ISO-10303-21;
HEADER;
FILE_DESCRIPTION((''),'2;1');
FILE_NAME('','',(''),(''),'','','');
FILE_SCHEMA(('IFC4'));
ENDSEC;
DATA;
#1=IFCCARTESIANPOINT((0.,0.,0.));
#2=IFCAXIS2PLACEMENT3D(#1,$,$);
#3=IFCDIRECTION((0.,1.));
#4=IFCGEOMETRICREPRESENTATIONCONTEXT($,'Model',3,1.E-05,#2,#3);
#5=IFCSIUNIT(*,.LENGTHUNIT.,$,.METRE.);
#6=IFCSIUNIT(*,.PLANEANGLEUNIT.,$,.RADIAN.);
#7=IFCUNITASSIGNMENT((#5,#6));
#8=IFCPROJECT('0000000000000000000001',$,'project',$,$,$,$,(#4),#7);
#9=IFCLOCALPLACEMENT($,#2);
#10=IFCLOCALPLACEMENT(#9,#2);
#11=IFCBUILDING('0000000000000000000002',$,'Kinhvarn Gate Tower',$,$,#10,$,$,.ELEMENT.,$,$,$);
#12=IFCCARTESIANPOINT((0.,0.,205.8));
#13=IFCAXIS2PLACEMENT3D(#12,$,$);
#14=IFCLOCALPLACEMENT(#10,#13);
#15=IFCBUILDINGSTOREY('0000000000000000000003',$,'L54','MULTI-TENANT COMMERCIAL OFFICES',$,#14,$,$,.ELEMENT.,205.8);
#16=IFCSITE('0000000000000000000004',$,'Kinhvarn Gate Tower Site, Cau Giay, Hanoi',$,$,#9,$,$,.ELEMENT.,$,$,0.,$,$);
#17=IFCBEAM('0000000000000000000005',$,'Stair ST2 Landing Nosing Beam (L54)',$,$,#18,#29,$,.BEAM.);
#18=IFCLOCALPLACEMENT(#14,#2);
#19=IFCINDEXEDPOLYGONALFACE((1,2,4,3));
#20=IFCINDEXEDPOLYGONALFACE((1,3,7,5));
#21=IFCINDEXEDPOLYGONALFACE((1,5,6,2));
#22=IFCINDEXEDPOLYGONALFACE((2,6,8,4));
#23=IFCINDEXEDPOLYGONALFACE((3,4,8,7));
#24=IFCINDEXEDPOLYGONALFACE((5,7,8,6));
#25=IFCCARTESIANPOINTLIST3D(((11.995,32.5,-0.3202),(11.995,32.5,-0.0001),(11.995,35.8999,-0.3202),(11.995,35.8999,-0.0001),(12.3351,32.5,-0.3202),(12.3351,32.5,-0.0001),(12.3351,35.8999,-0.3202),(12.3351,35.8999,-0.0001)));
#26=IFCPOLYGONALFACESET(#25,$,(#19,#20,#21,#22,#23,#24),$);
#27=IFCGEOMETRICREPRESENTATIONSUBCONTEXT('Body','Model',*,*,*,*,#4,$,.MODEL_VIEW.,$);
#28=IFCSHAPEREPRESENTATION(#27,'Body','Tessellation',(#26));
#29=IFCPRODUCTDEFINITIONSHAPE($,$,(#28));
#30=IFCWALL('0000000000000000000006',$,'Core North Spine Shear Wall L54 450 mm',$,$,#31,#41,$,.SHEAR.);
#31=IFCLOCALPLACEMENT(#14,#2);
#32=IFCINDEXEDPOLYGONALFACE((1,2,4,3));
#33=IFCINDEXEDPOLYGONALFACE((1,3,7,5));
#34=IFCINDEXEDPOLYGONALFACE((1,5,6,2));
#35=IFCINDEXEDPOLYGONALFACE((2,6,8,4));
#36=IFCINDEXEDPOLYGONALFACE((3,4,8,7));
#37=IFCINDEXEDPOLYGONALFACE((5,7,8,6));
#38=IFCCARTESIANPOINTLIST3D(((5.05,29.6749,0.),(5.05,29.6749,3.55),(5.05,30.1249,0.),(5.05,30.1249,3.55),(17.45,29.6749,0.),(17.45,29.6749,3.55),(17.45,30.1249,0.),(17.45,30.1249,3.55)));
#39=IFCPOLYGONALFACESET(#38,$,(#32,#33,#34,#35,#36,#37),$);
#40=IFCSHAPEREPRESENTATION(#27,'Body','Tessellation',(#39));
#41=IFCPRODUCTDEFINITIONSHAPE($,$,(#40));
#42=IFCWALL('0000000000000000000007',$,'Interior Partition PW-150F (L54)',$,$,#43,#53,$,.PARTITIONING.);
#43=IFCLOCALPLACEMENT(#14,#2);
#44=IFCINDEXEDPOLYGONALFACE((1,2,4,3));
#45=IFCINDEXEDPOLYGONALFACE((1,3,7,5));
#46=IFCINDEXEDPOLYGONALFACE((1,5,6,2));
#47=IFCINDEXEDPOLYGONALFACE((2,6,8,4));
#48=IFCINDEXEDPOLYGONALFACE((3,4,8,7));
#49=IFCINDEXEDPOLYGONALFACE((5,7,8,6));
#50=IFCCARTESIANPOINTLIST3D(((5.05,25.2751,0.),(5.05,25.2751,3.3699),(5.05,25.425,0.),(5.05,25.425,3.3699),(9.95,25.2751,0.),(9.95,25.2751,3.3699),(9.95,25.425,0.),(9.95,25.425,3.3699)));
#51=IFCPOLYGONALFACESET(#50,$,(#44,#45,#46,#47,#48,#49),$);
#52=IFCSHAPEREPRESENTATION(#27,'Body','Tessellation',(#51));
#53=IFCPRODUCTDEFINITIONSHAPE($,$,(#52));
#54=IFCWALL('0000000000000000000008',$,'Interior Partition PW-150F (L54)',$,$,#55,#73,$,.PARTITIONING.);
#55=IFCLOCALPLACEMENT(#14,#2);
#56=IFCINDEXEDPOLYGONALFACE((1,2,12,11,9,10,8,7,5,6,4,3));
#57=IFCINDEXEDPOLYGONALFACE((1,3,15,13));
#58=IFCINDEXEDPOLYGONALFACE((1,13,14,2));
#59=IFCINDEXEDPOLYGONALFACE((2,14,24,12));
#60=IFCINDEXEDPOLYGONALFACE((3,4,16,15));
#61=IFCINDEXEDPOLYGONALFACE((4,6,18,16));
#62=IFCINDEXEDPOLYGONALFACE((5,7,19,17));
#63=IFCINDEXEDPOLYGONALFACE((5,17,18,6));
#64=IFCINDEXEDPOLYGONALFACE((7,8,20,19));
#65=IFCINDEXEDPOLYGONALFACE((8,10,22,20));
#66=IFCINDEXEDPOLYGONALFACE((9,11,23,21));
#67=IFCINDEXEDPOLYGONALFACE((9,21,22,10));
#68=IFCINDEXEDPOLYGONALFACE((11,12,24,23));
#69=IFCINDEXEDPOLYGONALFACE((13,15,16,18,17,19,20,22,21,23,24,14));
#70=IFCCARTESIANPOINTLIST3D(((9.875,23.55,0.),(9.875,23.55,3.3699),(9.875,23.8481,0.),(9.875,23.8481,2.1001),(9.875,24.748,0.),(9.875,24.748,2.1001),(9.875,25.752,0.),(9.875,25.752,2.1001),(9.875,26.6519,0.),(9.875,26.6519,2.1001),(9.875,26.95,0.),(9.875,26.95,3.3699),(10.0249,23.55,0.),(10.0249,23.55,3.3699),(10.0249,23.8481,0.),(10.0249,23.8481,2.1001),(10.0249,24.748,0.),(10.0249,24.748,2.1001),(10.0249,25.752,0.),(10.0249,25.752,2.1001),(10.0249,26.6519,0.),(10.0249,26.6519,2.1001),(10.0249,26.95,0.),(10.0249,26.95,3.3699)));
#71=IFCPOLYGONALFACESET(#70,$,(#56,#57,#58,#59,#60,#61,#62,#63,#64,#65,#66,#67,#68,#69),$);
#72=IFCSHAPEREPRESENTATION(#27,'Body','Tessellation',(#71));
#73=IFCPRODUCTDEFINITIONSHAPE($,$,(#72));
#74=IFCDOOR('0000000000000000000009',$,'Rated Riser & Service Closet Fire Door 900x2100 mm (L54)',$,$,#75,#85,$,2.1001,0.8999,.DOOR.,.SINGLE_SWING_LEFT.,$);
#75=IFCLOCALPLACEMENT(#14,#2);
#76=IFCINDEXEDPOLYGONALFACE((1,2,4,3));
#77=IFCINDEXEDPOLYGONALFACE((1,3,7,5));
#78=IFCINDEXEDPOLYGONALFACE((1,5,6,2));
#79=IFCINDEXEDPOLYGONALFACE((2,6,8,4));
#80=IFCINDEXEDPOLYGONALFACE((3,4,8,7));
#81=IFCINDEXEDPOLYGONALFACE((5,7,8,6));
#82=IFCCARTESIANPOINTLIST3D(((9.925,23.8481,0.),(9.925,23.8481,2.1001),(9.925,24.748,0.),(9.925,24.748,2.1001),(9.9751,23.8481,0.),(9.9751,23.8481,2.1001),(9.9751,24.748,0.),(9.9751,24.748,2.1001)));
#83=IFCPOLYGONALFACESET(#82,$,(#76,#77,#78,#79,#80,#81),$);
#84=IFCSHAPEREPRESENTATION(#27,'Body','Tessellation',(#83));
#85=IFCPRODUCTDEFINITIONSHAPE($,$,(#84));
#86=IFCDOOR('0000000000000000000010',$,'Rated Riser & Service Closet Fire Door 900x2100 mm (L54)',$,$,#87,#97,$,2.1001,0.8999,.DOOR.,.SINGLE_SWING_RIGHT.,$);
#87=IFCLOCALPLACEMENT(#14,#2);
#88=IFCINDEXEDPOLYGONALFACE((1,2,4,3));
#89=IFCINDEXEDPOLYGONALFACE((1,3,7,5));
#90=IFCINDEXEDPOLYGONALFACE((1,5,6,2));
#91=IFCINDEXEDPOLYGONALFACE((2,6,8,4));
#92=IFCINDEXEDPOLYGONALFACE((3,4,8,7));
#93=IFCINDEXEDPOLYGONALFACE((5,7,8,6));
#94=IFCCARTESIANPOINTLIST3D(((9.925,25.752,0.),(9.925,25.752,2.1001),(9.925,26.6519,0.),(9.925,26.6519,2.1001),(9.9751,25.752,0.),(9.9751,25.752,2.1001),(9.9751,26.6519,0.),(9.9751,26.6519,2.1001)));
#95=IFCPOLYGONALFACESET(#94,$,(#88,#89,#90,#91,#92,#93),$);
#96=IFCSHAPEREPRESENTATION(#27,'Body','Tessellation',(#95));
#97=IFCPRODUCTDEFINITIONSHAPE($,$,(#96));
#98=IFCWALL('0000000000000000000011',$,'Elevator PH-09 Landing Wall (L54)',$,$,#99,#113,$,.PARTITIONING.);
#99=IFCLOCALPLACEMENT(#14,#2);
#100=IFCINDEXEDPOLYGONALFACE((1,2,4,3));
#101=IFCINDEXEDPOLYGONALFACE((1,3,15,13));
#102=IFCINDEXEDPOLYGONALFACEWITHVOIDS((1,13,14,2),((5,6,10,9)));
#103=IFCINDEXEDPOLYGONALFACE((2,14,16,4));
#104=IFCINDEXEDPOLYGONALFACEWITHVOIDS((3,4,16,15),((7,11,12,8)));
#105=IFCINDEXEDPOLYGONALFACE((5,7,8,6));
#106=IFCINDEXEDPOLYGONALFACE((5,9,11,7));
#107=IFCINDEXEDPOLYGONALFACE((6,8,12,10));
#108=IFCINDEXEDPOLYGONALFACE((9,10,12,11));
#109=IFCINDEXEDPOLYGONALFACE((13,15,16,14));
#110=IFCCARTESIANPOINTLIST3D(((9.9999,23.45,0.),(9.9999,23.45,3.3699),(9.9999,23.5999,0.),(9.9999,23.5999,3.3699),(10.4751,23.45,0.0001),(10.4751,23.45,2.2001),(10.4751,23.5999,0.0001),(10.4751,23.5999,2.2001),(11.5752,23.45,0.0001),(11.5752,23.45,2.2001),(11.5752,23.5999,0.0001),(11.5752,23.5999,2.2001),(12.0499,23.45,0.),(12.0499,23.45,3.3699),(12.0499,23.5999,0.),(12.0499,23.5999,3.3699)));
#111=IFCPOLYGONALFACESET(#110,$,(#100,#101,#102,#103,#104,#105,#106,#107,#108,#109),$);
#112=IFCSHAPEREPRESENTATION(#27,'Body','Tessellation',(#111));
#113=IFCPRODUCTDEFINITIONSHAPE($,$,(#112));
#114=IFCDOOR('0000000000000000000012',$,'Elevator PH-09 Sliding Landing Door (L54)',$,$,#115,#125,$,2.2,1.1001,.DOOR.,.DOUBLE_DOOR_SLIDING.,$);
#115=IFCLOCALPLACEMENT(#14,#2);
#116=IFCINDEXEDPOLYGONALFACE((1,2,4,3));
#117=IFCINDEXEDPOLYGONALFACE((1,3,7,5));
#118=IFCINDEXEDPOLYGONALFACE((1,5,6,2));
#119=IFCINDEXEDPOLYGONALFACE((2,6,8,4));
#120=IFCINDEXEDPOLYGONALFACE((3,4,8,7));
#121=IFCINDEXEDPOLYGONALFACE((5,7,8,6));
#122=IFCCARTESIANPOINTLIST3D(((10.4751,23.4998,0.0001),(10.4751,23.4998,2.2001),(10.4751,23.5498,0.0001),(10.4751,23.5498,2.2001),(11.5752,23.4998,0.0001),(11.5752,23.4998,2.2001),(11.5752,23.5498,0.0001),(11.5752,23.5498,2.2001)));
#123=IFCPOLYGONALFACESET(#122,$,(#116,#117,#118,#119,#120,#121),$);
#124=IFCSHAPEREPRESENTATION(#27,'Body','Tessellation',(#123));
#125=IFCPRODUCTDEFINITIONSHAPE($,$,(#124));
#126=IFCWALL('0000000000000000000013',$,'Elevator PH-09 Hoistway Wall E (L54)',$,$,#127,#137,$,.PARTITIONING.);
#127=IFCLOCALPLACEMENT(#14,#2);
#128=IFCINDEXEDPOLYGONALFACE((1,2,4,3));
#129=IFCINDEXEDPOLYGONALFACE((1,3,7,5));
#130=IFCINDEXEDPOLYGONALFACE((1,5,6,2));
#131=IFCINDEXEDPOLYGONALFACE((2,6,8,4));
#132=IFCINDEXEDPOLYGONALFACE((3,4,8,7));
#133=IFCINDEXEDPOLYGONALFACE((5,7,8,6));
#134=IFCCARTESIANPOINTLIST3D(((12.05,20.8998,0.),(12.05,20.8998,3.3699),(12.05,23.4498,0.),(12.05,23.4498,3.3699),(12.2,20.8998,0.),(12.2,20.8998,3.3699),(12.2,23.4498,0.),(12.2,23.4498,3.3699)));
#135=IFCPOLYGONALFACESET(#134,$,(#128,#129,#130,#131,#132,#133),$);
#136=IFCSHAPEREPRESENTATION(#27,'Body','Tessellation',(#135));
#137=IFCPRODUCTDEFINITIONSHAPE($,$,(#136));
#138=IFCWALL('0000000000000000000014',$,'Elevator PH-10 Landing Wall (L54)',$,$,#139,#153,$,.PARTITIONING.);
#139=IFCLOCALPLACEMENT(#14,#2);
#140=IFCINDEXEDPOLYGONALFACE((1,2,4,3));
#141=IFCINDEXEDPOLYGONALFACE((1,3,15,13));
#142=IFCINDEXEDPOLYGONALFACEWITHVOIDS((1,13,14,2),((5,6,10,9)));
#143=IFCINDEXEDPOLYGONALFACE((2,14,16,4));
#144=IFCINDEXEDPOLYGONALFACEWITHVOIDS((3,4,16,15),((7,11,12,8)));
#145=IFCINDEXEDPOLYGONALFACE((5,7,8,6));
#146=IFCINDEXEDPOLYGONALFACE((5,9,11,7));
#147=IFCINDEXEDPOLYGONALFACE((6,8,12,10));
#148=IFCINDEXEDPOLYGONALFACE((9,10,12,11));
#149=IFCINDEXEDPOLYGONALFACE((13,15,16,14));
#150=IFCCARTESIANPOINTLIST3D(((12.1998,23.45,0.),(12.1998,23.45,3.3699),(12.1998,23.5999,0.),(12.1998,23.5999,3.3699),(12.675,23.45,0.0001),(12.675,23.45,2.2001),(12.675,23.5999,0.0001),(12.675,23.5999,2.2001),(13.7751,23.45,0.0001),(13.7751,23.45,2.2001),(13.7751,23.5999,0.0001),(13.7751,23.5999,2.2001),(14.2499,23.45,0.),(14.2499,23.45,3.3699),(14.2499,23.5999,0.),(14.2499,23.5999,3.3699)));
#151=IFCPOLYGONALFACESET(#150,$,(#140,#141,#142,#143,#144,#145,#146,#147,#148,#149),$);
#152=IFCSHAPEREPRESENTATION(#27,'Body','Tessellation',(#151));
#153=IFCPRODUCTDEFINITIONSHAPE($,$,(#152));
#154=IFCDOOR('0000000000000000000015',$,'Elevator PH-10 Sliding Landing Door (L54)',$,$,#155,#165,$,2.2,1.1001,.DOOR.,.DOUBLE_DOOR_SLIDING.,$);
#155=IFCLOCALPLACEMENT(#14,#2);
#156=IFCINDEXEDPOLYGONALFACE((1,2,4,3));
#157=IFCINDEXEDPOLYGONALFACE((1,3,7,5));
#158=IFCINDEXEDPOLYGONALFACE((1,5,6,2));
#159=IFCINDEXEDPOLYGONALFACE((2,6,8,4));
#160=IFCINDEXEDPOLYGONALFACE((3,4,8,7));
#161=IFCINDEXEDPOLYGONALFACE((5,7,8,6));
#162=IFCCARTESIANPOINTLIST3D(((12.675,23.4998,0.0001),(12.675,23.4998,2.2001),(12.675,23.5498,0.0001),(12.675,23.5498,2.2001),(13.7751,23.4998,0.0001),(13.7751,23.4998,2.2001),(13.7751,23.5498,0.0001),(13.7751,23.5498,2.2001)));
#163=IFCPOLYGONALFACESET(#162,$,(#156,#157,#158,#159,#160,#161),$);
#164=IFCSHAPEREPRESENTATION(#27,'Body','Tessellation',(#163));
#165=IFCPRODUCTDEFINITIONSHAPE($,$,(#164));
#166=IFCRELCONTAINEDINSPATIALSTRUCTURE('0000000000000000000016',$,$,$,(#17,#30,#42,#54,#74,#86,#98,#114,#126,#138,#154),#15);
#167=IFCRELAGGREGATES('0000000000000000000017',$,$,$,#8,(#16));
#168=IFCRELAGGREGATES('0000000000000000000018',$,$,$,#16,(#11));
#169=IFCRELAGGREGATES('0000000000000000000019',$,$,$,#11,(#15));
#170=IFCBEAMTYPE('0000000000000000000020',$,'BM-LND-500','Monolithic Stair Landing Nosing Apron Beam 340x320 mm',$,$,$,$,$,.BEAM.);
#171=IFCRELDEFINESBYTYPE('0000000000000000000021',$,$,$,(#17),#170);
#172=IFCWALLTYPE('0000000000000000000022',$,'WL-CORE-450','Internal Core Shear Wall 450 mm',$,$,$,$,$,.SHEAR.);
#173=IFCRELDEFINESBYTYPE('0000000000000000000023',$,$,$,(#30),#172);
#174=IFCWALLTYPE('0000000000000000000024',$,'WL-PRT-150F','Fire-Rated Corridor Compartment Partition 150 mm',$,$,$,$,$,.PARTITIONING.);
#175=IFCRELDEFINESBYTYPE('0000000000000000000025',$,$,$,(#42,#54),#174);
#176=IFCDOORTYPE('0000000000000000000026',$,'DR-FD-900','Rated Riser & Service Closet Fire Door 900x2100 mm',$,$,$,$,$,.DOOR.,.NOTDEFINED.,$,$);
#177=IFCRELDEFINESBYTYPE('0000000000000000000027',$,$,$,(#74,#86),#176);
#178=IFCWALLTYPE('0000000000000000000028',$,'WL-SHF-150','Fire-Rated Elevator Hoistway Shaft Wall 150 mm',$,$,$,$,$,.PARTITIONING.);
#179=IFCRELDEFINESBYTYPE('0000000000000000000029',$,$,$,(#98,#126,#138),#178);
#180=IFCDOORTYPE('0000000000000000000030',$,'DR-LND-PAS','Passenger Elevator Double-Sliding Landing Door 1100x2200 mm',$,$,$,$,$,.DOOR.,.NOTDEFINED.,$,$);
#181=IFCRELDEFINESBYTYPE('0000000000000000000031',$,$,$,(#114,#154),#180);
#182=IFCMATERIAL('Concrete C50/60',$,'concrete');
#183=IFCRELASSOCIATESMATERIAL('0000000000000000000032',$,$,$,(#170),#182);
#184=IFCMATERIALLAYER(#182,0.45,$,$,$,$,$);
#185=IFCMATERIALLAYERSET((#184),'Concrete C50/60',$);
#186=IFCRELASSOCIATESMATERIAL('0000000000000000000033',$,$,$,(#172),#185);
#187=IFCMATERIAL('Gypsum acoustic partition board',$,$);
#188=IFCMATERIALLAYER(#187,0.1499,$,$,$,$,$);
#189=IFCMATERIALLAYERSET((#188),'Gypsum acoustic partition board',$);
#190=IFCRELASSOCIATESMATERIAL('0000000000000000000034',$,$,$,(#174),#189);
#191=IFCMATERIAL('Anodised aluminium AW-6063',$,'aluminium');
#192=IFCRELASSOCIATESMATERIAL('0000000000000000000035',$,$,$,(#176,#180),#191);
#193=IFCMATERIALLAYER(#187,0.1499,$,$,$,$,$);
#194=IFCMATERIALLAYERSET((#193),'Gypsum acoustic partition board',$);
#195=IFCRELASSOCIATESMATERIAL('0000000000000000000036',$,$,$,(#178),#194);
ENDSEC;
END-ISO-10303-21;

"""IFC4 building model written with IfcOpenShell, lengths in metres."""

from ifc_helpers import new_model, si_unit, direction, frame, frame_2d, origin, origin_2d, place, context, subcontext, project, spatial, rectangle, extrude, material, layer, layer_set, material_profile, profile_set, type_object, element, fill, save


model = new_model("IFC4")

# Units and contexts
model_context = context("Model", 3, precision=1e-05, world=origin(), true_north=direction((0.0, 1.0)))
body_context = subcontext(model_context, "Body", "Model", "MODEL_VIEW")
ifc_project = project(units=[si_unit("LENGTHUNIT", "METRE"), si_unit("PLANEANGLEUNIT", "RADIAN")], contexts=[model_context])

# Site, building, storey
site_placement = place(None, origin())
site = spatial("IfcSite", under=ifc_project, at=site_placement, Name="Kinhvarn Gate Tower Site, Cau Giay, Hanoi", CompositionType="ELEMENT", RefElevation=0.0)
building_placement = place(site_placement, origin())
building = spatial("IfcBuilding", under=site, at=building_placement, Name="Kinhvarn Gate Tower", CompositionType="ELEMENT")
storey_placement = place(building_placement, frame((0.0, 0.0, 205.8)))
storey = spatial("IfcBuildingStorey", under=building, at=storey_placement, Name="L54", Description="MULTI-TENANT COMMERCIAL OFFICES", CompositionType="ELEMENT", Elevation=205.8)

# Beam
ifc_material_1 = material(Name="Concrete C50/60", Category="concrete")
ifc_material_profile = material_profile(ifc_material_1, rectangle(XDim=0.3401, YDim=0.3201, at=origin_2d()), Name="RC 340x320")
ifc_profile_set = profile_set([ifc_material_profile], Name="Concrete C50/60")
beam_type = type_object("IfcBeamType", Name="BM-LND-500", Description="Monolithic Stair Landing Nosing Apron Beam 340x320 mm", PredefinedType="BEAM", material=ifc_profile_set)
beam_placement = place(storey_placement, frame((12.165, 32.5, -0.1602), z_axis=(0.0, 1.0, 0.0), x_axis=(-1.0, 0.0, 0.0)))
element("IfcBeam", 1, at=beam_placement, inside=storey, type_object=beam_type, Name="Stair ST2 Landing Nosing Beam (L54)", PredefinedType="BEAM", context=body_context, shape_type="SweptSolid", body=[
    extrude(rectangle(XDim=0.3401, YDim=0.3201, at=origin_2d()), origin(), (0.0, 0.0, 1.0), 3.3999),
])

# Walls
ifc_layer_1 = layer(ifc_material_1, 0.45)
ifc_layer_set_1 = layer_set([ifc_layer_1], Name="Concrete C50/60")
wall_type_1 = type_object("IfcWallType", Name="WL-CORE-450", Description="Internal Core Shear Wall 450 mm", PredefinedType="SHEAR", material=ifc_layer_set_1)
wall_1_placement = place(storey_placement, frame((5.05, 29.8999, 0.0), z_axis=(0.0, 0.0, 1.0), x_axis=(1.0, 0.0, 0.0)))
element("IfcWall", 2, at=wall_1_placement, inside=storey, type_object=wall_type_1, Name="Core North Spine Shear Wall L54 450 mm", PredefinedType="SHEAR", context=body_context, shape_type="SweptSolid", body=[
    extrude(rectangle(XDim=12.3999, YDim=0.45, at=frame_2d((6.2, 0.0))), origin(), (0.0, 0.0, 1.0), 3.55),
])
ifc_material_2 = material(Name="Gypsum acoustic partition board")
ifc_layer_2 = layer(ifc_material_2, 0.1499)
ifc_layer_set_2 = layer_set([ifc_layer_2], Name="Gypsum acoustic partition board")
wall_type_2 = type_object("IfcWallType", Name="WL-PRT-150F", Description="Fire-Rated Corridor Compartment Partition 150 mm", PredefinedType="PARTITIONING", material=ifc_layer_set_2)
wall_2_placement = place(storey_placement, frame((5.05, 25.3501, 0.0), z_axis=(0.0, 0.0, 1.0), x_axis=(1.0, 0.0, 0.0)))
element("IfcWall", 3, at=wall_2_placement, inside=storey, type_object=wall_type_2, Name="Interior Partition PW-150F (L54)", PredefinedType="PARTITIONING", context=body_context, shape_type="SweptSolid", body=[
    extrude(rectangle(XDim=4.8999, YDim=0.1499, at=frame_2d((2.45, 0.0))), origin(), (0.0, 0.0, 1.0), 3.3699),
])

# Wall, openings, doors
wall_3_placement = place(storey_placement, frame((9.95, 23.55, 0.0), z_axis=(0.0, 0.0, 1.0), x_axis=(0.0, 1.0, 0.0)))
wall_3 = element("IfcWall", 4, at=wall_3_placement, inside=storey, type_object=wall_type_2, Name="Interior Partition PW-150F (L54)", PredefinedType="PARTITIONING", context=body_context, shape_type="SweptSolid", body=[
    extrude(rectangle(XDim=3.3999, YDim=0.1499, at=frame_2d((1.7, 0.0))), origin(), (0.0, 0.0, 1.0), 3.3699),
])
opening_1_placement = place(wall_3_placement, frame((0.2981, 0.0, 0.0)))
opening_1 = element("IfcOpeningElement", 5, at=opening_1_placement, cuts=wall_3, PredefinedType="OPENING", context=body_context, shape_type="SweptSolid", body=[
    extrude(rectangle(XDim=0.8999, YDim=2.1001, at=frame_2d((0.45, 1.05))), frame((0.0, 0.085, 0.0), z_axis=(0.0, -1.0, 0.0), x_axis=(1.0, 0.0, 0.0)), (0.0, 0.0, 1.0), 0.1699),
])
opening_2_placement = place(wall_3_placement, frame((2.2019, 0.0, 0.0)))
opening_2 = element("IfcOpeningElement", 6, at=opening_2_placement, cuts=wall_3, PredefinedType="OPENING", context=body_context, shape_type="SweptSolid", body=[
    extrude(rectangle(XDim=0.8999, YDim=2.1001, at=frame_2d((0.45, 1.05))), frame((0.0, 0.085, 0.0), z_axis=(0.0, -1.0, 0.0), x_axis=(1.0, 0.0, 0.0)), (0.0, 0.0, 1.0), 0.1699),
])
ifc_material_3 = material(Name="Anodised aluminium AW-6063", Category="aluminium")
door_type_1 = type_object("IfcDoorType", Name="DR-FD-900", Description="Rated Riser & Service Closet Fire Door 900x2100 mm", OperationType="NOTDEFINED", PredefinedType="DOOR", material=ifc_material_3)
door_1_placement = place(opening_1_placement, origin())
door_1 = element("IfcDoor", 7, at=door_1_placement, inside=storey, type_object=door_type_1, Name="Rated Riser & Service Closet Fire Door 900x2100 mm (L54)", OperationType="SINGLE_SWING_LEFT", OverallHeight=2.1001, OverallWidth=0.8999, PredefinedType="DOOR", context=body_context, shape_type="SweptSolid", body=[
    extrude(rectangle(XDim=0.8999, YDim=2.1001, at=frame_2d((0.45, 1.05))), frame((0.0, 0.0249, 0.0), z_axis=(0.0, -1.0, 0.0), x_axis=(1.0, 0.0, 0.0)), (0.0, 0.0, 1.0), 0.05),
])
fill(opening_1, door_1)
door_2_placement = place(opening_2_placement, origin())
door_2 = element("IfcDoor", 8, at=door_2_placement, inside=storey, type_object=door_type_1, Name="Rated Riser & Service Closet Fire Door 900x2100 mm (L54)", OperationType="SINGLE_SWING_RIGHT", OverallHeight=2.1001, OverallWidth=0.8999, PredefinedType="DOOR", context=body_context, shape_type="SweptSolid", body=[
    extrude(rectangle(XDim=0.8999, YDim=2.1001, at=frame_2d((0.45, 1.05))), frame((0.0, 0.0249, 0.0), z_axis=(0.0, -1.0, 0.0), x_axis=(1.0, 0.0, 0.0)), (0.0, 0.0, 1.0), 0.05),
])
fill(opening_2, door_2)

# Wall, opening, door
ifc_layer_3 = layer(ifc_material_2, 0.1499)
ifc_layer_set_3 = layer_set([ifc_layer_3], Name="Gypsum acoustic partition board")
wall_type_3 = type_object("IfcWallType", Name="WL-SHF-150", Description="Fire-Rated Elevator Hoistway Shaft Wall 150 mm", PredefinedType="PARTITIONING", material=ifc_layer_set_3)
wall_4_placement = place(storey_placement, frame((10.0, 23.5249, 0.0), z_axis=(0.0, 0.0, 1.0), x_axis=(1.0, 0.0, 0.0)))
wall_4 = element("IfcWall", 9, at=wall_4_placement, inside=storey, type_object=wall_type_3, Name="Elevator PH-09 Landing Wall (L54)", PredefinedType="PARTITIONING", context=body_context, shape_type="SweptSolid", body=[
    extrude(rectangle(XDim=2.05, YDim=0.1499, at=frame_2d((1.0249, 0.0))), origin(), (0.0, 0.0, 1.0), 3.3699),
])
opening_3_placement = place(wall_4_placement, frame((0.4751, 0.0, 0.0)))
opening_3 = element("IfcOpeningElement", 10, at=opening_3_placement, cuts=wall_4, PredefinedType="OPENING", context=body_context, shape_type="SweptSolid", body=[
    extrude(rectangle(XDim=1.1001, YDim=2.2, at=frame_2d((0.55, 1.1001))), frame((0.0, 0.085, 0.0), z_axis=(0.0, -1.0, 0.0), x_axis=(1.0, 0.0, 0.0)), (0.0, 0.0, 1.0), 0.1699),
])
door_type_2 = type_object("IfcDoorType", Name="DR-LND-PAS", Description="Passenger Elevator Double-Sliding Landing Door 1100x2200 mm", OperationType="NOTDEFINED", PredefinedType="DOOR", material=ifc_material_3)
door_3_placement = place(opening_3_placement, origin())
door_3 = element("IfcDoor", 11, at=door_3_placement, inside=storey, type_object=door_type_2, Name="Elevator PH-09 Sliding Landing Door (L54)", OperationType="DOUBLE_DOOR_SLIDING", OverallHeight=2.2, OverallWidth=1.1001, PredefinedType="DOOR", context=body_context, shape_type="SweptSolid", body=[
    extrude(rectangle(XDim=1.1001, YDim=2.2, at=frame_2d((0.55, 1.1001))), frame((0.0, 0.0249, 0.0), z_axis=(0.0, -1.0, 0.0), x_axis=(1.0, 0.0, 0.0)), (0.0, 0.0, 1.0), 0.05),
])
fill(opening_3, door_3)

# Wall
wall_5_placement = place(storey_placement, frame((12.125, 20.8999, 0.0), z_axis=(0.0, 0.0, 1.0), x_axis=(0.0, 1.0, 0.0)))
element("IfcWall", 12, at=wall_5_placement, inside=storey, type_object=wall_type_3, Name="Elevator PH-09 Hoistway Wall E (L54)", PredefinedType="PARTITIONING", context=body_context, shape_type="SweptSolid", body=[
    extrude(rectangle(XDim=2.55, YDim=0.1499, at=frame_2d((1.2749, 0.0))), origin(), (0.0, 0.0, 1.0), 3.3699),
])

# Wall, opening, door
wall_6_placement = place(storey_placement, frame((12.2, 23.5249, 0.0), z_axis=(0.0, 0.0, 1.0), x_axis=(1.0, 0.0, 0.0)))
wall_6 = element("IfcWall", 13, at=wall_6_placement, inside=storey, type_object=wall_type_3, Name="Elevator PH-10 Landing Wall (L54)", PredefinedType="PARTITIONING", context=body_context, shape_type="SweptSolid", body=[
    extrude(rectangle(XDim=2.05, YDim=0.1499, at=frame_2d((1.0249, 0.0))), origin(), (0.0, 0.0, 1.0), 3.3699),
])
opening_4_placement = place(wall_6_placement, frame((0.4751, 0.0, 0.0)))
opening_4 = element("IfcOpeningElement", 14, at=opening_4_placement, cuts=wall_6, PredefinedType="OPENING", context=body_context, shape_type="SweptSolid", body=[
    extrude(rectangle(XDim=1.1001, YDim=2.2, at=frame_2d((0.55, 1.1001))), frame((0.0, 0.085, 0.0), z_axis=(0.0, -1.0, 0.0), x_axis=(1.0, 0.0, 0.0)), (0.0, 0.0, 1.0), 0.1699),
])
door_4_placement = place(opening_4_placement, origin())
door_4 = element("IfcDoor", 15, at=door_4_placement, inside=storey, type_object=door_type_2, Name="Elevator PH-10 Sliding Landing Door (L54)", OperationType="DOUBLE_DOOR_SLIDING", OverallHeight=2.2, OverallWidth=1.1001, PredefinedType="DOOR", context=body_context, shape_type="SweptSolid", body=[
    extrude(rectangle(XDim=1.1001, YDim=2.2, at=frame_2d((0.55, 1.1001))), frame((0.0, 0.0249, 0.0), z_axis=(0.0, -1.0, 0.0), x_axis=(1.0, 0.0, 0.0)), (0.0, 0.0, 1.0), 0.05),
])
fill(opening_4, door_4)

save(model, "model.ifc")
